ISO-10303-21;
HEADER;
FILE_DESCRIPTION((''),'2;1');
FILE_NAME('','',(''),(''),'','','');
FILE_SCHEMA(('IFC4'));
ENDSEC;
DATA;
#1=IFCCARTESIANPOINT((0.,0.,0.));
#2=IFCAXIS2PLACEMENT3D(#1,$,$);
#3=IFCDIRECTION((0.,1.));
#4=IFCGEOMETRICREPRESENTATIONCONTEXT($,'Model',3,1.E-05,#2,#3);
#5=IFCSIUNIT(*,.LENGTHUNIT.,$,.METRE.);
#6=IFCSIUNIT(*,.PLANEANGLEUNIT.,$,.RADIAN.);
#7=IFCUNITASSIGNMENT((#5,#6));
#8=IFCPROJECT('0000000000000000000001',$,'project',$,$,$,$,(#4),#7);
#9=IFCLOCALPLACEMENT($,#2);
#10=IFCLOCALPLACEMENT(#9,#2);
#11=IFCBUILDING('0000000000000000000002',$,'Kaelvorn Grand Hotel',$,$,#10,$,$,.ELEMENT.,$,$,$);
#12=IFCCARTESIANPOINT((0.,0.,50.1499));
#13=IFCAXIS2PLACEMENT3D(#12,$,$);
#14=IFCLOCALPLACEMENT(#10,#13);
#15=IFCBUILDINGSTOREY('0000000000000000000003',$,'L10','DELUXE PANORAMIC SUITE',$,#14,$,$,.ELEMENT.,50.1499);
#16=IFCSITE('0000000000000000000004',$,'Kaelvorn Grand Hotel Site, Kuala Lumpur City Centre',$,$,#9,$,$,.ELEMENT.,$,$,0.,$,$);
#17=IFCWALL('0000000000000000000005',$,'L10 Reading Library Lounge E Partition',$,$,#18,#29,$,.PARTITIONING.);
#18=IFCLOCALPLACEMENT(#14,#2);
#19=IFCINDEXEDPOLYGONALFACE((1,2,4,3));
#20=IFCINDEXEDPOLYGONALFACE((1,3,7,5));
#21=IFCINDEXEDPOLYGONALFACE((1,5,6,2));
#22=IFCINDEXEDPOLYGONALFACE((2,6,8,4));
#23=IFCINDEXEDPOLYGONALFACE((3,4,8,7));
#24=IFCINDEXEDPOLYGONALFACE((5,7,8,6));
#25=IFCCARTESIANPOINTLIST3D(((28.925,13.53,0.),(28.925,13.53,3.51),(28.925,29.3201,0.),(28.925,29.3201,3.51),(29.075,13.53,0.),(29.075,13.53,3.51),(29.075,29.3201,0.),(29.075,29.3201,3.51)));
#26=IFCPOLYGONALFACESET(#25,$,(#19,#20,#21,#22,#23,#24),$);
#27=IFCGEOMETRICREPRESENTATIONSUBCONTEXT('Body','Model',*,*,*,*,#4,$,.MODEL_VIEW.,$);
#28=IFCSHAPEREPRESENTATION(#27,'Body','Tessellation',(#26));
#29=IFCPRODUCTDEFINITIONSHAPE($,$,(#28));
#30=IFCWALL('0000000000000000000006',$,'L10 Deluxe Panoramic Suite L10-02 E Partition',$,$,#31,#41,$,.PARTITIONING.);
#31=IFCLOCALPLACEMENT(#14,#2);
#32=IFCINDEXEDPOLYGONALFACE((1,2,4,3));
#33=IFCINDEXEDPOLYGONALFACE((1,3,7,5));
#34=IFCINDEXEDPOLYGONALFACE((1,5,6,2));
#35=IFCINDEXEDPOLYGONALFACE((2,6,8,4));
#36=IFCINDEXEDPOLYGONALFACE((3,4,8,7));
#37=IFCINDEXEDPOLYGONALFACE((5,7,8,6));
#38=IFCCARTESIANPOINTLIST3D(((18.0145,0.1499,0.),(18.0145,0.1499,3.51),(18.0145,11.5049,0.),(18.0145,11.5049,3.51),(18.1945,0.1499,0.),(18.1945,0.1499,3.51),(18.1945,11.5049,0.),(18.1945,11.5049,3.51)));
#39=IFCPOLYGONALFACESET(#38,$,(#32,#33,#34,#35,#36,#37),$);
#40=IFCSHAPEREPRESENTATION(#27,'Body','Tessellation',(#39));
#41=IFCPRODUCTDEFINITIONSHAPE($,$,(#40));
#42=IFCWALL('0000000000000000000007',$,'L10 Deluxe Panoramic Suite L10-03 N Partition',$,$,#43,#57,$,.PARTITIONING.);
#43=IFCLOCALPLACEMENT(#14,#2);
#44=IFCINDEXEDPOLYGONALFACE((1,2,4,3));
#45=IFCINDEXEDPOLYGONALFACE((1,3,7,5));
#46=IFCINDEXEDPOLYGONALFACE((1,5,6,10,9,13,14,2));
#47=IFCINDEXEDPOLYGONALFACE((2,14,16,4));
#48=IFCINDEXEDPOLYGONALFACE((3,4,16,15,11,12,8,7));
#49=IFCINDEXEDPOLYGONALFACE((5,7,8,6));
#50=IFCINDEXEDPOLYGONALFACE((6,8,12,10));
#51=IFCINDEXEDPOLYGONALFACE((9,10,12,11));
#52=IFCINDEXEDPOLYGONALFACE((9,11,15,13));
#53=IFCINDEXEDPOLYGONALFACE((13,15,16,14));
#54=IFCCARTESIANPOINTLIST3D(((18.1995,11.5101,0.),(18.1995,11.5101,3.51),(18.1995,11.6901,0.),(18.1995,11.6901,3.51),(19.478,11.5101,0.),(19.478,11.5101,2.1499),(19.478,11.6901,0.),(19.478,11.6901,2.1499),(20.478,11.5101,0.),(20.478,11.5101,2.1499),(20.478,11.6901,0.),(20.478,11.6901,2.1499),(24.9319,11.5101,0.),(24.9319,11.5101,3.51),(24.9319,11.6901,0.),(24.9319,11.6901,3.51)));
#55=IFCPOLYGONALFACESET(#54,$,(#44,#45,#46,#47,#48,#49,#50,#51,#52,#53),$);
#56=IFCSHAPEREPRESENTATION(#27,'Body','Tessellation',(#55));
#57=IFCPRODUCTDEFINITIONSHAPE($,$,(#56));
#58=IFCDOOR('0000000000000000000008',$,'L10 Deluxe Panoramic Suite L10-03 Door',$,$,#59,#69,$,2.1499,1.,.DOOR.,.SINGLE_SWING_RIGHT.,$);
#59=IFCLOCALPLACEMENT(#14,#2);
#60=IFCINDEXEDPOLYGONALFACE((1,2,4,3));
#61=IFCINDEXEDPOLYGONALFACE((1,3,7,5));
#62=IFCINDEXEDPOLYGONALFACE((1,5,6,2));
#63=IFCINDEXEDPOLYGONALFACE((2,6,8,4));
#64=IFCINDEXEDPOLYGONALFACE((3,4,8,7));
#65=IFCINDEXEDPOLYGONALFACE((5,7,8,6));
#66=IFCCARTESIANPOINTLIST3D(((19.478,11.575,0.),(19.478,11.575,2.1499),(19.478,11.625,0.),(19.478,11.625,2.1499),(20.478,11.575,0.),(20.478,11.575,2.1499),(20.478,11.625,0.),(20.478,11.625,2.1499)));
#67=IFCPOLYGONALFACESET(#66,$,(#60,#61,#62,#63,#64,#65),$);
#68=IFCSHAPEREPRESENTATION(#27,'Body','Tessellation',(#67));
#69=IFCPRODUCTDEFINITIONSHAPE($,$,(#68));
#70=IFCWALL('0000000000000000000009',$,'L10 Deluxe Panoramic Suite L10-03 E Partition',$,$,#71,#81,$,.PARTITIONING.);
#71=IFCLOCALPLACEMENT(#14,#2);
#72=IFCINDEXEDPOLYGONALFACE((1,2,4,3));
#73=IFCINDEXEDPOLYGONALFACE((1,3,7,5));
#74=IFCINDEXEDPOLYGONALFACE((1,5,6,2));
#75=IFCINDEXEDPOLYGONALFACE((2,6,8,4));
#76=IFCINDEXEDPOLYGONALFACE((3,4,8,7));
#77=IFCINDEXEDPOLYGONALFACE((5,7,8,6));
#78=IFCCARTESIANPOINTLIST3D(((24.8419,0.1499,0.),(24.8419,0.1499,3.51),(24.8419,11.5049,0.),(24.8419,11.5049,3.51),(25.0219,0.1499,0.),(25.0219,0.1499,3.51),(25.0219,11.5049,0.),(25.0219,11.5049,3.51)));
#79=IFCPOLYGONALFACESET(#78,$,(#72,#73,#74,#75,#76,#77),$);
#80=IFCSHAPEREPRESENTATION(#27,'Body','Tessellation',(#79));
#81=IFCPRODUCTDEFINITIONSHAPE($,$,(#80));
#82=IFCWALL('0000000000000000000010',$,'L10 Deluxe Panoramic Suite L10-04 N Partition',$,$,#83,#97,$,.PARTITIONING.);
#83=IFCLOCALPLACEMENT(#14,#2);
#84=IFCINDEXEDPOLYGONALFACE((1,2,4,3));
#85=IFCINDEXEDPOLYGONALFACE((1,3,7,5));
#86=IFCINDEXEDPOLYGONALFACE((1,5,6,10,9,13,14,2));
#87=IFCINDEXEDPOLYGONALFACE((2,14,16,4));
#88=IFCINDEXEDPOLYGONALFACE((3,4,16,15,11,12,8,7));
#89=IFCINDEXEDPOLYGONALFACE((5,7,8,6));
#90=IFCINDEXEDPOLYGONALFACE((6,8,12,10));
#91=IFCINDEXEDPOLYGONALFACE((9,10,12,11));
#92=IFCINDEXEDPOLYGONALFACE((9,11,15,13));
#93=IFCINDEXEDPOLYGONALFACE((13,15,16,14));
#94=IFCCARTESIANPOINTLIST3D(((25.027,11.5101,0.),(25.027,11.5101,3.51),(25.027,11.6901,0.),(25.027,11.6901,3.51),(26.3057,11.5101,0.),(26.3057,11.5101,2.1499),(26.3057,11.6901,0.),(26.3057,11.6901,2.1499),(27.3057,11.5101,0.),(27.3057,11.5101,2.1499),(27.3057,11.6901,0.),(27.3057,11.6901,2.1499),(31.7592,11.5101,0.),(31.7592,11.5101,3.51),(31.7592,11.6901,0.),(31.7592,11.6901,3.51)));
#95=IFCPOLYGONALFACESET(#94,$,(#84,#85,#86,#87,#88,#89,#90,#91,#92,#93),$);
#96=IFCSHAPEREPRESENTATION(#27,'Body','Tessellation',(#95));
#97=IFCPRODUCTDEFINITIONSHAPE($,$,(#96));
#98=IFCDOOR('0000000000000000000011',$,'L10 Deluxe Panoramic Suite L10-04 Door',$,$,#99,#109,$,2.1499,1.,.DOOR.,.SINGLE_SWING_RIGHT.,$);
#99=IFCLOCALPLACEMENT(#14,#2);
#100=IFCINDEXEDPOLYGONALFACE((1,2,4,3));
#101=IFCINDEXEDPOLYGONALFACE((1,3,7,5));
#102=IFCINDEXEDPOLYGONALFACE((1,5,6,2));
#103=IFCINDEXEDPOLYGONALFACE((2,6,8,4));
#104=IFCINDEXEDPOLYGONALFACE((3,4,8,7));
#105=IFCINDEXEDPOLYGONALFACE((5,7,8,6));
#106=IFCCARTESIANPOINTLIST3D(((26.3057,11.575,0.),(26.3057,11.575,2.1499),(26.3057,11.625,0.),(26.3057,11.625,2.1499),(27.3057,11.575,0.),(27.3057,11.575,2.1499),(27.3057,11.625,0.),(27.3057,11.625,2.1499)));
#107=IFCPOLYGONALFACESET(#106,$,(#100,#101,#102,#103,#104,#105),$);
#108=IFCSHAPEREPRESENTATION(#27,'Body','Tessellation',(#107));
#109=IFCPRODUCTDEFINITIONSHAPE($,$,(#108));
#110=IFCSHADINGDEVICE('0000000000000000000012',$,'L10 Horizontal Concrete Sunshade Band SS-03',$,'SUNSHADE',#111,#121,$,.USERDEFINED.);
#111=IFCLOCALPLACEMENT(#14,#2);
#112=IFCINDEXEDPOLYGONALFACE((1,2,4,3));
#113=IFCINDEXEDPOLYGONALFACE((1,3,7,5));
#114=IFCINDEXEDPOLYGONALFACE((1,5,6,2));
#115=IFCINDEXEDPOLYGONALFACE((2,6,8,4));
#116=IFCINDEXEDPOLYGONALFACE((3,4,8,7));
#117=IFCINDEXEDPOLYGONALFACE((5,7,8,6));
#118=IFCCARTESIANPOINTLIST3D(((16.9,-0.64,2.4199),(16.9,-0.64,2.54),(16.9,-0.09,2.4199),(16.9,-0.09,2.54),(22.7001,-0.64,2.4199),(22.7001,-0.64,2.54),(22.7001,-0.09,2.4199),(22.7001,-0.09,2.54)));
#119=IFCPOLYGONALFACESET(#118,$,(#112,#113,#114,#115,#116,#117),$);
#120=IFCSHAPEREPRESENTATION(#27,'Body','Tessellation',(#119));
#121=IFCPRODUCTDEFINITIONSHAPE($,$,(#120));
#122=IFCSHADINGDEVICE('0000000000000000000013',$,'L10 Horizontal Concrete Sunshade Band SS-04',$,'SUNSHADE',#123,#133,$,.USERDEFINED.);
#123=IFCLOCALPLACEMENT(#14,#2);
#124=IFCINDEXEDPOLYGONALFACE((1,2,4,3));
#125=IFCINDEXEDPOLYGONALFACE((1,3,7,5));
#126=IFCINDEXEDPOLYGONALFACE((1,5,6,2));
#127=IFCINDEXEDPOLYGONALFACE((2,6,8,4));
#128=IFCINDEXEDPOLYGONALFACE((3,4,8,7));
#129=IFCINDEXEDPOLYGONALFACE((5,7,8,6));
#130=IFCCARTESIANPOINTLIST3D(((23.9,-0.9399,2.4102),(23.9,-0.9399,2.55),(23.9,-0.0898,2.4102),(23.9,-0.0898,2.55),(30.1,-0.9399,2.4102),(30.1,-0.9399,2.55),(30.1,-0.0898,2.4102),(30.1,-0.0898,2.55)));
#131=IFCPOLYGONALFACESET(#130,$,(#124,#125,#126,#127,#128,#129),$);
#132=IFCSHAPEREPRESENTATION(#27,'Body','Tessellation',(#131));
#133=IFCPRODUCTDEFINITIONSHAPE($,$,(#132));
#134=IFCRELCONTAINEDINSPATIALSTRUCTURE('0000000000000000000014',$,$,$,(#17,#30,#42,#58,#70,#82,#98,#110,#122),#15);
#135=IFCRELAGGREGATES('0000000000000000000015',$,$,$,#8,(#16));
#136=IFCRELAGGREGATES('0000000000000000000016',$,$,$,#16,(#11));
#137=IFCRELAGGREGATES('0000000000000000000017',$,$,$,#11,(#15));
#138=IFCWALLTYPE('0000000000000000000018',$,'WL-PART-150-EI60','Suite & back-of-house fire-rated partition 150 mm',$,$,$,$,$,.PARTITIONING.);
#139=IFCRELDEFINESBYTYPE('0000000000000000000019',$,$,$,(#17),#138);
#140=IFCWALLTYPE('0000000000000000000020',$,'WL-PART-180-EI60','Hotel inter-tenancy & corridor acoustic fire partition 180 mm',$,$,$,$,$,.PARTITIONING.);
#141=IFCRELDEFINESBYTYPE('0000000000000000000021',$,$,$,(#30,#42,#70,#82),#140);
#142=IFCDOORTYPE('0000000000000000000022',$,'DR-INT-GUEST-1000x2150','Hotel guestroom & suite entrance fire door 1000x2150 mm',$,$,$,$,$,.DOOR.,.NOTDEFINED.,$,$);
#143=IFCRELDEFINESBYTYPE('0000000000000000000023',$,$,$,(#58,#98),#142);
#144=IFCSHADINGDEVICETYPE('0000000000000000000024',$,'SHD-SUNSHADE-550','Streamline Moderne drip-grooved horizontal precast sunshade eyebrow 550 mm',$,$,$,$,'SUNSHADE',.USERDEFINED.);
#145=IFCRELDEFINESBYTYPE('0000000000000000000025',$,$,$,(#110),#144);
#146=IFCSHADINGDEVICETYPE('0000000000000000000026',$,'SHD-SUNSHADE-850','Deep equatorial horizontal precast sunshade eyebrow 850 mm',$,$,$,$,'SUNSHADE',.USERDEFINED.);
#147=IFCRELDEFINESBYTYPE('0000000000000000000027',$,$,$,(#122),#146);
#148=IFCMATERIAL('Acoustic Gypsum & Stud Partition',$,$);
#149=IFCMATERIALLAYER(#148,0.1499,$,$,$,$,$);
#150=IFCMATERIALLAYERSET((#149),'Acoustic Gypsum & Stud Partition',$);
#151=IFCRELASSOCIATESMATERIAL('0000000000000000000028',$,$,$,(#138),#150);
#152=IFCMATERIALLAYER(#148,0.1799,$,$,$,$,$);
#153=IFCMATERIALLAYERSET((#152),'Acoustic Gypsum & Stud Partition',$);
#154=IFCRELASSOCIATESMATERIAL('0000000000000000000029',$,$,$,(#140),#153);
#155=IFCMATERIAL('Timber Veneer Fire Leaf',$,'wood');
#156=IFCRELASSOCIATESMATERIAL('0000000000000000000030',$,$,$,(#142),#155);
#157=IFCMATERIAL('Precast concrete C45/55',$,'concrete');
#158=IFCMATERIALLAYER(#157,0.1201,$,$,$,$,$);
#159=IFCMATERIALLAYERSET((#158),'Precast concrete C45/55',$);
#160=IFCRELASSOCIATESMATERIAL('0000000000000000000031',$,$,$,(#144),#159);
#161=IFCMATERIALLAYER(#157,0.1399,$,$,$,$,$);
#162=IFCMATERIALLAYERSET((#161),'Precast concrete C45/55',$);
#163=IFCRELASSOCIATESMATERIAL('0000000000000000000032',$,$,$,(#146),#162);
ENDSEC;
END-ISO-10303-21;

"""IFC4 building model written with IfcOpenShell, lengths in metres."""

from ifc_helpers import new_model, si_unit, direction, frame, frame_2d, origin, origin_2d, place, context, subcontext, project, spatial, rectangle, extrude, material, layer, layer_set, type_object, element, fill, save


model = new_model("IFC4")

# Units and contexts
model_context = context("Model", 3, precision=1e-05, world=origin(), true_north=direction((0.0, 1.0)))
body_context = subcontext(model_context, "Body", "Model", "MODEL_VIEW")
ifc_project = project(units=[si_unit("LENGTHUNIT", "METRE"), si_unit("PLANEANGLEUNIT", "RADIAN")], contexts=[model_context])

# Site, building, storey
site_placement = place(None, origin())
site = spatial("IfcSite", under=ifc_project, at=site_placement, Name="Kaelvorn Grand Hotel Site, Kuala Lumpur City Centre", CompositionType="ELEMENT", RefElevation=0.0)
building_placement = place(site_placement, origin())
building = spatial("IfcBuilding", under=site, at=building_placement, Name="Kaelvorn Grand Hotel", CompositionType="ELEMENT")
storey_placement = place(building_placement, frame((0.0, 0.0, 50.1499)))
storey = spatial("IfcBuildingStorey", under=building, at=storey_placement, Name="L10", Description="DELUXE PANORAMIC SUITE", CompositionType="ELEMENT", Elevation=50.1499)

# Walls
ifc_material_1 = material(Name="Acoustic Gypsum & Stud Partition")
ifc_layer_1 = layer(ifc_material_1, 0.1499)
ifc_layer_set_1 = layer_set([ifc_layer_1], Name="Acoustic Gypsum & Stud Partition")
wall_type_1 = type_object("IfcWallType", Name="WL-PART-150-EI60", Description="Suite & back-of-house fire-rated partition 150 mm", PredefinedType="PARTITIONING", material=ifc_layer_set_1)
wall_1_placement = place(storey_placement, frame((29.0, 13.53, 0.0), z_axis=(0.0, 0.0, 1.0), x_axis=(0.0, 1.0, 0.0)))
element("IfcWall", 1, at=wall_1_placement, inside=storey, type_object=wall_type_1, Name="L10 Reading Library Lounge E Partition", PredefinedType="PARTITIONING", context=body_context, shape_type="SweptSolid", body=[
    extrude(rectangle(XDim=15.79, YDim=0.1499, at=frame_2d((7.895, 0.0))), origin(), (0.0, 0.0, 1.0), 3.51),
])
ifc_layer_2 = layer(ifc_material_1, 0.1799)
ifc_layer_set_2 = layer_set([ifc_layer_2], Name="Acoustic Gypsum & Stud Partition")
wall_type_2 = type_object("IfcWallType", Name="WL-PART-180-EI60", Description="Hotel inter-tenancy & corridor acoustic fire partition 180 mm", PredefinedType="PARTITIONING", material=ifc_layer_set_2)
wall_2_placement = place(storey_placement, frame((18.1045, 0.1499, 0.0), z_axis=(0.0, 0.0, 1.0), x_axis=(0.0, 1.0, 0.0)))
element("IfcWall", 2, at=wall_2_placement, inside=storey, type_object=wall_type_2, Name="L10 Deluxe Panoramic Suite L10-02 E Partition", PredefinedType="PARTITIONING", context=body_context, shape_type="SweptSolid", body=[
    extrude(rectangle(XDim=11.355, YDim=0.1799, at=frame_2d((5.6775, 0.0))), origin(), (0.0, 0.0, 1.0), 3.51),
])

# Wall, opening, door
wall_3_placement = place(storey_placement, frame((18.1995, 11.6001, 0.0), z_axis=(0.0, 0.0, 1.0), x_axis=(1.0, 0.0, 0.0)))
wall_3 = element("IfcWall", 3, at=wall_3_placement, inside=storey, type_object=wall_type_2, Name="L10 Deluxe Panoramic Suite L10-03 N Partition", PredefinedType="PARTITIONING", context=body_context, shape_type="SweptSolid", body=[
    extrude(rectangle(XDim=6.7324, YDim=0.1799, at=frame_2d((3.3662, 0.0))), origin(), (0.0, 0.0, 1.0), 3.51),
])
opening_1_placement = place(wall_3_placement, frame((1.2786, 0.0, 0.0)))
opening_1 = element("IfcOpeningElement", 4, at=opening_1_placement, cuts=wall_3, PredefinedType="OPENING", context=body_context, shape_type="SweptSolid", body=[
    extrude(rectangle(XDim=1.0, YDim=2.1499, at=frame_2d((0.5, 1.075))), frame((0.0, 0.1001, 0.0), z_axis=(0.0, -1.0, 0.0), x_axis=(1.0, 0.0, 0.0)), (0.0, 0.0, 1.0), 0.2),
])
ifc_material_2 = material(Name="Timber Veneer Fire Leaf", Category="wood")
door_type_1 = type_object("IfcDoorType", Name="DR-INT-GUEST-1000x2150", Description="Hotel guestroom & suite entrance fire door 1000x2150 mm", OperationType="NOTDEFINED", PredefinedType="DOOR", material=ifc_material_2)
door_1_placement = place(opening_1_placement, origin())
door_1 = element("IfcDoor", 5, at=door_1_placement, inside=storey, type_object=door_type_1, Name="L10 Deluxe Panoramic Suite L10-03 Door", OperationType="SINGLE_SWING_RIGHT", OverallHeight=2.1499, OverallWidth=1.0, PredefinedType="DOOR", context=body_context, shape_type="SweptSolid", body=[
    extrude(rectangle(XDim=1.0, YDim=2.1499, at=frame_2d((0.5, 1.075))), frame((0.0, 0.0249, 0.0), z_axis=(0.0, -1.0, 0.0), x_axis=(1.0, 0.0, 0.0)), (0.0, 0.0, 1.0), 0.05),
])
fill(opening_1, door_1)

# Wall
wall_4_placement = place(storey_placement, frame((24.9319, 0.1499, 0.0), z_axis=(0.0, 0.0, 1.0), x_axis=(0.0, 1.0, 0.0)))
element("IfcWall", 6, at=wall_4_placement, inside=storey, type_object=wall_type_2, Name="L10 Deluxe Panoramic Suite L10-03 E Partition", PredefinedType="PARTITIONING", context=body_context, shape_type="SweptSolid", body=[
    extrude(rectangle(XDim=11.355, YDim=0.1799, at=frame_2d((5.6775, 0.0))), origin(), (0.0, 0.0, 1.0), 3.51),
])

# Wall, opening, door
wall_5_placement = place(storey_placement, frame((25.0269, 11.6001, 0.0), z_axis=(0.0, 0.0, 1.0), x_axis=(1.0, 0.0, 0.0)))
wall_5 = element("IfcWall", 7, at=wall_5_placement, inside=storey, type_object=wall_type_2, Name="L10 Deluxe Panoramic Suite L10-04 N Partition", PredefinedType="PARTITIONING", context=body_context, shape_type="SweptSolid", body=[
    extrude(rectangle(XDim=6.7322, YDim=0.1799, at=frame_2d((3.3662, 0.0))), origin(), (0.0, 0.0, 1.0), 3.51),
])
opening_2_placement = place(wall_5_placement, frame((1.2788, 0.0, 0.0)))
opening_2 = element("IfcOpeningElement", 8, at=opening_2_placement, cuts=wall_5, PredefinedType="OPENING", context=body_context, shape_type="SweptSolid", body=[
    extrude(rectangle(XDim=1.0, YDim=2.1499, at=frame_2d((0.5, 1.075))), frame((0.0, 0.1001, 0.0), z_axis=(0.0, -1.0, 0.0), x_axis=(1.0, 0.0, 0.0)), (0.0, 0.0, 1.0), 0.2),
])
door_2_placement = place(opening_2_placement, origin())
door_2 = element("IfcDoor", 9, at=door_2_placement, inside=storey, type_object=door_type_1, Name="L10 Deluxe Panoramic Suite L10-04 Door", OperationType="SINGLE_SWING_RIGHT", OverallHeight=2.1499, OverallWidth=1.0, PredefinedType="DOOR", context=body_context, shape_type="SweptSolid", body=[
    extrude(rectangle(XDim=1.0, YDim=2.1499, at=frame_2d((0.5, 1.075))), frame((0.0, 0.0249, 0.0), z_axis=(0.0, -1.0, 0.0), x_axis=(1.0, 0.0, 0.0)), (0.0, 0.0, 1.0), 0.05),
])
fill(opening_2, door_2)

# Shading devices
ifc_material_3 = material(Name="Precast concrete C45/55", Category="concrete")
ifc_layer_3 = layer(ifc_material_3, 0.1201)
ifc_layer_set_3 = layer_set([ifc_layer_3], Name="Precast concrete C45/55")
shading_device_type_1 = type_object("IfcShadingDeviceType", Name="SHD-SUNSHADE-550", Description="Streamline Moderne drip-grooved horizontal precast sunshade eyebrow 550 mm", ElementType="SUNSHADE", PredefinedType="USERDEFINED", material=ifc_layer_set_3)
shading_device_1_placement = place(storey_placement, frame((19.8, -0.365, 2.4199), z_axis=(0.0, 0.0, 1.0), x_axis=(1.0, 0.0, 0.0)))
element("IfcShadingDevice", 10, at=shading_device_1_placement, inside=storey, type_object=shading_device_type_1, Name="L10 Horizontal Concrete Sunshade Band SS-03", ObjectType="SUNSHADE", PredefinedType="USERDEFINED", context=body_context, shape_type="SweptSolid", body=[
    extrude(rectangle(XDim=5.8, YDim=0.55, at=origin_2d()), origin(), (0.0, 0.0, 1.0), 0.1201),
])
ifc_layer_4 = layer(ifc_material_3, 0.1399)
ifc_layer_set_4 = layer_set([ifc_layer_4], Name="Precast concrete C45/55")
shading_device_type_2 = type_object("IfcShadingDeviceType", Name="SHD-SUNSHADE-850", Description="Deep equatorial horizontal precast sunshade eyebrow 850 mm", ElementType="SUNSHADE", PredefinedType="USERDEFINED", material=ifc_layer_set_4)
shading_device_2_placement = place(storey_placement, frame((27.0, -0.5149, 2.4102), z_axis=(0.0, 0.0, 1.0), x_axis=(1.0, 0.0, 0.0)))
element("IfcShadingDevice", 11, at=shading_device_2_placement, inside=storey, type_object=shading_device_type_2, Name="L10 Horizontal Concrete Sunshade Band SS-04", ObjectType="SUNSHADE", PredefinedType="USERDEFINED", context=body_context, shape_type="SweptSolid", body=[
    extrude(rectangle(XDim=6.2, YDim=0.8501, at=origin_2d()), origin(), (0.0, 0.0, 1.0), 0.1399),
])

save(model, "model.ifc")
